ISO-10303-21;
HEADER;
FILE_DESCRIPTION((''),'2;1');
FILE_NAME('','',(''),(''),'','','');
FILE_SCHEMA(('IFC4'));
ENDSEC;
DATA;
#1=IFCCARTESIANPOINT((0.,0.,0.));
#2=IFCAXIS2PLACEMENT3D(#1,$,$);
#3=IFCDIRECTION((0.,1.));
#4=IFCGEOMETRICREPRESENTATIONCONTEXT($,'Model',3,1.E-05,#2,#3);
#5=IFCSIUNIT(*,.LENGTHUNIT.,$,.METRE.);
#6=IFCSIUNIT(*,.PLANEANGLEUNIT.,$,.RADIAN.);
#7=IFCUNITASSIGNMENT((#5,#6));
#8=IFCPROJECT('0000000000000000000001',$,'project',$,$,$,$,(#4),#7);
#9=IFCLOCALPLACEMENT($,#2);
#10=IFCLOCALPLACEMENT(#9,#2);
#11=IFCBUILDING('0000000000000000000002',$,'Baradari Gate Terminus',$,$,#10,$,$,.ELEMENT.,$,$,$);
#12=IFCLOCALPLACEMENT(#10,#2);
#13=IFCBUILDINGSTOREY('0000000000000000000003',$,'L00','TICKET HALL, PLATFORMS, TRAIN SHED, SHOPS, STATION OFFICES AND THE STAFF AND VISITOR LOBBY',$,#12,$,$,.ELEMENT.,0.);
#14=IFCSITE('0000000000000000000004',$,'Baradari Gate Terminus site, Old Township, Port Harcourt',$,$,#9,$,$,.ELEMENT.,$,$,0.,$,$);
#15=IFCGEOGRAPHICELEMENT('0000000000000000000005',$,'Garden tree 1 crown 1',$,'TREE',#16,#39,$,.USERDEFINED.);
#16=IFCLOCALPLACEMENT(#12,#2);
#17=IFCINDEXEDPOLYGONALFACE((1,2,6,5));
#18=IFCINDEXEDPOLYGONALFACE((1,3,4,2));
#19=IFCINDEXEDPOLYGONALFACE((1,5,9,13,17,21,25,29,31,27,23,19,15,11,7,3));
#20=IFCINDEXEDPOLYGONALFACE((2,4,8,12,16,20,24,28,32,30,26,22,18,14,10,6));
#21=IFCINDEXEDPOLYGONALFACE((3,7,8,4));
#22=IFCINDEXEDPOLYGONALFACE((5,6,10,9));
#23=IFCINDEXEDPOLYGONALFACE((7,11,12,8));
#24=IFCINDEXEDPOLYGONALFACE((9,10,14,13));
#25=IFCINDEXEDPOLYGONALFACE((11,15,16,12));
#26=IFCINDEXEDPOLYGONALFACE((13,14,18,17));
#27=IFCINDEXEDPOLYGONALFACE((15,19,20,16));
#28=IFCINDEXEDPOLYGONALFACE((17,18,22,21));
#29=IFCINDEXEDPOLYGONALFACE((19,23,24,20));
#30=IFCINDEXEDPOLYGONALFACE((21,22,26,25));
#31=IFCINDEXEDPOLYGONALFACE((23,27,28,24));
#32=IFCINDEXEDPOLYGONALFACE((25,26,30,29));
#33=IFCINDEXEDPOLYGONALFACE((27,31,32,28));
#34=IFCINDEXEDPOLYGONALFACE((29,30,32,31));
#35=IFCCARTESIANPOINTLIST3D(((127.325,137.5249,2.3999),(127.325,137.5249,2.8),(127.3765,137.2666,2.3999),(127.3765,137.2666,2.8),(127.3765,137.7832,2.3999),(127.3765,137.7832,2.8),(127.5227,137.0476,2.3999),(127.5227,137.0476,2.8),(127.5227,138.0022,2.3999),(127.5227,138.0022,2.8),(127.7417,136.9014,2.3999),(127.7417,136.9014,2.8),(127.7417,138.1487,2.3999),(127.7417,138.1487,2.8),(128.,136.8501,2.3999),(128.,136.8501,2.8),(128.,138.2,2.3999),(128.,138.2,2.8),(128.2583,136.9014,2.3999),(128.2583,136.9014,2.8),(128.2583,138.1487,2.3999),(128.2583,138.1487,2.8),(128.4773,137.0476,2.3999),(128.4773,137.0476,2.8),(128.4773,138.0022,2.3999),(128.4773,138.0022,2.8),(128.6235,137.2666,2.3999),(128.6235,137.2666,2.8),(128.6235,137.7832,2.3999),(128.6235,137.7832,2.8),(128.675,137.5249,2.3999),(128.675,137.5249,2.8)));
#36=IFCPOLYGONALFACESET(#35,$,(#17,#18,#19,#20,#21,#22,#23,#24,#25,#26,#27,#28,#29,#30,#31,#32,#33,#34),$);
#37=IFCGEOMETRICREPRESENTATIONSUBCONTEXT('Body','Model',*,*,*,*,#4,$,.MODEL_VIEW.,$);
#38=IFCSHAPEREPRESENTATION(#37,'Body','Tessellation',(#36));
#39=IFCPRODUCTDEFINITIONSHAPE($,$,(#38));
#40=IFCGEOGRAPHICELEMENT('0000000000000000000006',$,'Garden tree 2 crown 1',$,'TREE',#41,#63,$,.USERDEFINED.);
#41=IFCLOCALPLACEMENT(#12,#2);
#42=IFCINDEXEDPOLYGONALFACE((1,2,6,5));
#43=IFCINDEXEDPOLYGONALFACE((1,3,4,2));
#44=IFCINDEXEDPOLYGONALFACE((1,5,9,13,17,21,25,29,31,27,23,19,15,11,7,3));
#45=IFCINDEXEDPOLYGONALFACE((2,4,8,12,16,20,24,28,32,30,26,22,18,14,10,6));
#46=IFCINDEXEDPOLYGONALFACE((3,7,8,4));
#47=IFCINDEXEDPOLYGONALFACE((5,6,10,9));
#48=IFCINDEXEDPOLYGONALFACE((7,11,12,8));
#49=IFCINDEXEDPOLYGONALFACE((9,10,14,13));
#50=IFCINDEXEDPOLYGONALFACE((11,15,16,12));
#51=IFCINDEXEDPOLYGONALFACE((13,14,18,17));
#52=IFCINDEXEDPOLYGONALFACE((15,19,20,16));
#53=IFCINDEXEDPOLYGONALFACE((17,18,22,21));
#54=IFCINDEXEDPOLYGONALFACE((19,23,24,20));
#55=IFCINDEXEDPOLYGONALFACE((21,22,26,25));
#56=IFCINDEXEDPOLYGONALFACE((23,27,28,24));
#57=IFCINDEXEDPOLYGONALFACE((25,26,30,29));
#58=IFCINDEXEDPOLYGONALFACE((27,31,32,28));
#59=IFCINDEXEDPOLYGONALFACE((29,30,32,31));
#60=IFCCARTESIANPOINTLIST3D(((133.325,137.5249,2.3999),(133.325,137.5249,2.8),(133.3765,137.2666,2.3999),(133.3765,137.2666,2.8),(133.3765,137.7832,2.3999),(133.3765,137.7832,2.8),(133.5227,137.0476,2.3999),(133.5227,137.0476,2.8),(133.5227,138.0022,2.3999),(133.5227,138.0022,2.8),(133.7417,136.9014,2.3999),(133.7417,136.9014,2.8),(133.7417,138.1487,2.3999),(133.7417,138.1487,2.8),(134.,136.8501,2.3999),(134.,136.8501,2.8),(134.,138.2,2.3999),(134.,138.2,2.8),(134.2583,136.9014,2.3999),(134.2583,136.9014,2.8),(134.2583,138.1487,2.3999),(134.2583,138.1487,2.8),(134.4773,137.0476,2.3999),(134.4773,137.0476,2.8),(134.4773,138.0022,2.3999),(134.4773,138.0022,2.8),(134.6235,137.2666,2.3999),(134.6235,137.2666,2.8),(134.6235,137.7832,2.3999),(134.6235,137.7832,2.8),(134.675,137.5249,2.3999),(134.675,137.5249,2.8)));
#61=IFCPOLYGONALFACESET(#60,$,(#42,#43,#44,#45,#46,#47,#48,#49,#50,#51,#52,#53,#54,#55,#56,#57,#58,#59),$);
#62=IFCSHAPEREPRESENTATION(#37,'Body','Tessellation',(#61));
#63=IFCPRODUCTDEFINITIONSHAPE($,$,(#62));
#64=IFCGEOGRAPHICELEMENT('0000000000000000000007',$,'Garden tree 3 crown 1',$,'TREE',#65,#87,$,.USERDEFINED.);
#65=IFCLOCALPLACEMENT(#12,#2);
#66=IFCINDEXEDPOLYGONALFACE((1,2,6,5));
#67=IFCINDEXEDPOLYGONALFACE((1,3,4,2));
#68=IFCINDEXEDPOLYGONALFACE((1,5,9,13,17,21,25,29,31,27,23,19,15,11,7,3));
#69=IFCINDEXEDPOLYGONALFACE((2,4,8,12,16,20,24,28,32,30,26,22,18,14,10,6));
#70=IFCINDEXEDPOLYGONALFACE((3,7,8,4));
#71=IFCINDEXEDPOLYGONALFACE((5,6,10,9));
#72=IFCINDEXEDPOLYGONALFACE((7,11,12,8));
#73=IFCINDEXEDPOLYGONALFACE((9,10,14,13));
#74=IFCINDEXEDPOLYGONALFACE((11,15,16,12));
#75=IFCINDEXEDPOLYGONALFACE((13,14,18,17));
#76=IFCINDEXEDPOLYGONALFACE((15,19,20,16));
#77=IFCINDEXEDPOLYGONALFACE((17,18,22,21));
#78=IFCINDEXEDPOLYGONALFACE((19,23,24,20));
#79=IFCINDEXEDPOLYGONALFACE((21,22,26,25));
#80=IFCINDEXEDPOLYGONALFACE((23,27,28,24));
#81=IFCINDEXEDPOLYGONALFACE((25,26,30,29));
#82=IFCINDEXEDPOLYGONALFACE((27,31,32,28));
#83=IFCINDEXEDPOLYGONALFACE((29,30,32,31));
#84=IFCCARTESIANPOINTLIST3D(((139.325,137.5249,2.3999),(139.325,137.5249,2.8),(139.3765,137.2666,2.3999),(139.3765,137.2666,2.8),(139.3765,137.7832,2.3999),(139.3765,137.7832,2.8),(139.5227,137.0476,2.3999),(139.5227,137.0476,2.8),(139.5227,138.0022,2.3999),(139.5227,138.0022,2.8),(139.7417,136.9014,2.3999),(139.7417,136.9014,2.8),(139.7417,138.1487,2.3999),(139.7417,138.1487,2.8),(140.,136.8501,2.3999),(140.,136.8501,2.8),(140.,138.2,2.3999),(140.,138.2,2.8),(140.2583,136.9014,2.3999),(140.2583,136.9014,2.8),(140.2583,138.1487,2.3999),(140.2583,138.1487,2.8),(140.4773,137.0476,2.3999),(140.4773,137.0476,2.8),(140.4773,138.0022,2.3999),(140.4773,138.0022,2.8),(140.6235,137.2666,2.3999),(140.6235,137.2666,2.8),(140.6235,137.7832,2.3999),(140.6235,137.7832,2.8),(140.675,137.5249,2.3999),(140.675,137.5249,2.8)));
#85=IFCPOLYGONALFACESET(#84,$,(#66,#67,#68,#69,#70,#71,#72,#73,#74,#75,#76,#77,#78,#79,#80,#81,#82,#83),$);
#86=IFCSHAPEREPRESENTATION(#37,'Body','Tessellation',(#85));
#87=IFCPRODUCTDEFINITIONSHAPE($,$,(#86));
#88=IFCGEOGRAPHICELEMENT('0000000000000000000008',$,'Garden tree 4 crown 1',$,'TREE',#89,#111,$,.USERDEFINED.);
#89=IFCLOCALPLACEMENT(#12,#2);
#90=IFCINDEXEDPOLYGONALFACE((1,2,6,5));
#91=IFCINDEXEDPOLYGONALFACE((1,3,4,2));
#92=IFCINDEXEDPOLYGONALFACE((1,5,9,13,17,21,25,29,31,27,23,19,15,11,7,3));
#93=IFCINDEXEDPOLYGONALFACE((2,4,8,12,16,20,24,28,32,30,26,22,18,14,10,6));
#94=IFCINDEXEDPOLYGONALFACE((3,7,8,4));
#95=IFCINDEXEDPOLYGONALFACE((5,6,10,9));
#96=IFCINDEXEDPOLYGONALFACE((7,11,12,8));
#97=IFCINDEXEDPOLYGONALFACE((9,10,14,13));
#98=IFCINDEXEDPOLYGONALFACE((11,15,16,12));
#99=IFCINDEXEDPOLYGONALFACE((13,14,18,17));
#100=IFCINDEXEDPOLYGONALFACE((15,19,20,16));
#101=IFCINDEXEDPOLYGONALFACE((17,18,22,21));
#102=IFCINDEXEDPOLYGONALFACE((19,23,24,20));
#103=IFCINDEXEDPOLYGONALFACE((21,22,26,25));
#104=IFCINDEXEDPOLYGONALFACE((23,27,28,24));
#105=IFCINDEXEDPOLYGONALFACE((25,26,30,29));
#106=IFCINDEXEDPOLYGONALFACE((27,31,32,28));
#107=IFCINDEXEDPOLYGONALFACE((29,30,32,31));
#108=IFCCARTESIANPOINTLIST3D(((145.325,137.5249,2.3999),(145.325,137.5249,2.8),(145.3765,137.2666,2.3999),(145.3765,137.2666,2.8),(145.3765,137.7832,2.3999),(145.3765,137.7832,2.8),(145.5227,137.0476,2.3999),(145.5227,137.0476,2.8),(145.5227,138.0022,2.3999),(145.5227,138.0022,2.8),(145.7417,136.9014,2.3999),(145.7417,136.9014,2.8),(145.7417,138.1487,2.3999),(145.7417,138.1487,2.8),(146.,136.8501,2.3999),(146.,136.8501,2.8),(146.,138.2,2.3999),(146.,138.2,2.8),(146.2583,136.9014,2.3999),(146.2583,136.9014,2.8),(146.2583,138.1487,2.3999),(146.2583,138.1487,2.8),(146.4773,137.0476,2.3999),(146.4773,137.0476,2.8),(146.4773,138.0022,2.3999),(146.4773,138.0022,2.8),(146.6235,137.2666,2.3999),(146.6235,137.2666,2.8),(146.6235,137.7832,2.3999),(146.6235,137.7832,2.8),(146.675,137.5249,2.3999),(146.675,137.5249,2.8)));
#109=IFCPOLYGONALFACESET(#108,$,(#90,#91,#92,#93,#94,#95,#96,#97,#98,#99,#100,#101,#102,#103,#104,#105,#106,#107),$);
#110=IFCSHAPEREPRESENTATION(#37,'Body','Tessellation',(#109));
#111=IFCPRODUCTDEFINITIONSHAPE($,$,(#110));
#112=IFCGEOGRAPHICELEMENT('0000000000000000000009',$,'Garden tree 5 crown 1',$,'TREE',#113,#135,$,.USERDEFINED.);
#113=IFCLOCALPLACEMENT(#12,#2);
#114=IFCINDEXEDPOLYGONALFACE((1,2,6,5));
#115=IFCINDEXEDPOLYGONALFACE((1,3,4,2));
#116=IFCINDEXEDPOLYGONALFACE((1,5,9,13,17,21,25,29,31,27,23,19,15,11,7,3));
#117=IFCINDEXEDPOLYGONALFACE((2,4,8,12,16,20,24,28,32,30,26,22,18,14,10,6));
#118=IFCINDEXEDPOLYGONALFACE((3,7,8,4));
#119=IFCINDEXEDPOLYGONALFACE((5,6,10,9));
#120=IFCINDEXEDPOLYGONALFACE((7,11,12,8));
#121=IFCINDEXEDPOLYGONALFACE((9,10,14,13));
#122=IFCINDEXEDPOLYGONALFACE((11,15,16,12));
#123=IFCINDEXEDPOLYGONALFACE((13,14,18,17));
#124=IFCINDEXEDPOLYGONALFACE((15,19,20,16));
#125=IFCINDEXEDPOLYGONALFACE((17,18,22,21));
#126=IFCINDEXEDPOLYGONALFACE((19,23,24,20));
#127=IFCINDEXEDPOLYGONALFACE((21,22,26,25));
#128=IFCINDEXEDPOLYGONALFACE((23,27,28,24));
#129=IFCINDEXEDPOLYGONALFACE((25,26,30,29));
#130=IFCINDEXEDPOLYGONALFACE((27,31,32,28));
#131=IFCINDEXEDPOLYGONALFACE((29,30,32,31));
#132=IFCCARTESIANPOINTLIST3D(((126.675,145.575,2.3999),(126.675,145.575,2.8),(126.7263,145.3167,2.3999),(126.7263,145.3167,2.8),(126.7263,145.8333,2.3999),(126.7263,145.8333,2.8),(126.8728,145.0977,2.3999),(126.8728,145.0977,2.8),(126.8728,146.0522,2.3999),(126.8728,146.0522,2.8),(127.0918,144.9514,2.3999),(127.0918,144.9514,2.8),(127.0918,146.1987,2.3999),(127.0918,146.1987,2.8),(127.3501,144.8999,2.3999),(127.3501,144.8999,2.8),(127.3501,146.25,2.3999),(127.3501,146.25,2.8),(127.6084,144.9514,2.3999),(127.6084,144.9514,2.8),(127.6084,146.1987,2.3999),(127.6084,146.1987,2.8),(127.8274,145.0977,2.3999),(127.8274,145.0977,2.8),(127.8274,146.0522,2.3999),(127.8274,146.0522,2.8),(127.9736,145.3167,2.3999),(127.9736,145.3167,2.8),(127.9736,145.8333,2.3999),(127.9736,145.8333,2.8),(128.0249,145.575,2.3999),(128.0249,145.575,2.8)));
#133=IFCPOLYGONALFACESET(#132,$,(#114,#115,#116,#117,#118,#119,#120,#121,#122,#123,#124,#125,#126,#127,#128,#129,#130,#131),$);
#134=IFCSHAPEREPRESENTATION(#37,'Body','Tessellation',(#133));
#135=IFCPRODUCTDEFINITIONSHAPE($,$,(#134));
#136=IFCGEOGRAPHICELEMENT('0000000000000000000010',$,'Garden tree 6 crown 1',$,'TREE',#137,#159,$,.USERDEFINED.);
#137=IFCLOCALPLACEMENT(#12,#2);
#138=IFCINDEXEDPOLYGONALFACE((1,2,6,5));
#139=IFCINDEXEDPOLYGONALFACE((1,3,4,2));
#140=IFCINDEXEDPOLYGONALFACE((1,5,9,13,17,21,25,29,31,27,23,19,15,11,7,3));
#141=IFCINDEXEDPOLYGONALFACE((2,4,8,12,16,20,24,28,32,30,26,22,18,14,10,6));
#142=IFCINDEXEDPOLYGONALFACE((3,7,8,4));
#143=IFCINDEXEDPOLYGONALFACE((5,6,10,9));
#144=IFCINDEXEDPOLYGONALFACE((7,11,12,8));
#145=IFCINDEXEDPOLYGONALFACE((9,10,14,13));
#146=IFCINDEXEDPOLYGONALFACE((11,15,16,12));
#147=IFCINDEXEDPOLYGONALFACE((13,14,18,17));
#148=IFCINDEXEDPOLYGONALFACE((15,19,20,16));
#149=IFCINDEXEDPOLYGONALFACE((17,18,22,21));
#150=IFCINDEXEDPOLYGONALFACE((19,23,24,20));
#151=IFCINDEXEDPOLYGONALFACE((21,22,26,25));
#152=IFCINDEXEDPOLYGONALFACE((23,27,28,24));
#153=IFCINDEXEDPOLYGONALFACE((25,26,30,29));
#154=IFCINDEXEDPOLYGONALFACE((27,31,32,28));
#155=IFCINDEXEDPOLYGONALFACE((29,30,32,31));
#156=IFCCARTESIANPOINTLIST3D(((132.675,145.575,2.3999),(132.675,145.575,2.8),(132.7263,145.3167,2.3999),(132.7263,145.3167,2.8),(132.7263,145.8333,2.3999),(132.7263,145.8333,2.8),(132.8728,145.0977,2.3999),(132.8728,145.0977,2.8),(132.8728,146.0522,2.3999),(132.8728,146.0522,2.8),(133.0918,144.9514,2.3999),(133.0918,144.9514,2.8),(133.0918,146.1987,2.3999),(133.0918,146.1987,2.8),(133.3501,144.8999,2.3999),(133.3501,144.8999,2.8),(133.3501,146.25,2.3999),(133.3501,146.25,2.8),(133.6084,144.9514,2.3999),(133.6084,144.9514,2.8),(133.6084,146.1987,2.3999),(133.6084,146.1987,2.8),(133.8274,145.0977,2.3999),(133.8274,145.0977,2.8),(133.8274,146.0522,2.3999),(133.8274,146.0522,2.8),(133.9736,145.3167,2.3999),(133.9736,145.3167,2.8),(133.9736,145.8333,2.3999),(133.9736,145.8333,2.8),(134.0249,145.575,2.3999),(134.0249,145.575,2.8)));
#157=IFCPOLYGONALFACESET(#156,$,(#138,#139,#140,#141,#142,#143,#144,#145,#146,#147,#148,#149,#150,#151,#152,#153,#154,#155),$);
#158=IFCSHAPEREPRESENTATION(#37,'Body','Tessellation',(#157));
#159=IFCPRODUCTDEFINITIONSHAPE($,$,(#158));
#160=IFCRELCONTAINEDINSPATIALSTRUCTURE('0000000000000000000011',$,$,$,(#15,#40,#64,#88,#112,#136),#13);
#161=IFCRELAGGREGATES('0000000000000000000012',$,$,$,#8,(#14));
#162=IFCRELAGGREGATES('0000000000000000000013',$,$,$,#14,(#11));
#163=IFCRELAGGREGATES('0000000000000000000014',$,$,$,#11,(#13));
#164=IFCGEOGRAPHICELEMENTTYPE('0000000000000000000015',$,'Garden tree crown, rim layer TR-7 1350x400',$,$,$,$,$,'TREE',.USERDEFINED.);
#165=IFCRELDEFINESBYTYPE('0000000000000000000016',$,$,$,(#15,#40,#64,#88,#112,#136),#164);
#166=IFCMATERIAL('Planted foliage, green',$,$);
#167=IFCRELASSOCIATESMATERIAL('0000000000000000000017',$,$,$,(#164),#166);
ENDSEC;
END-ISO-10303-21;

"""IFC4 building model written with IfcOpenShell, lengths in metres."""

from ifc_helpers import new_model, si_unit, direction, frame, origin, place, context, subcontext, project, spatial, polyline, outline, extrude, material, type_object, element, save


model = new_model("IFC4")

# Units and contexts
model_context = context("Model", 3, precision=1e-05, world=origin(), true_north=direction((0.0, 1.0)))
body_context = subcontext(model_context, "Body", "Model", "MODEL_VIEW")
ifc_project = project(units=[si_unit("LENGTHUNIT", "METRE"), si_unit("PLANEANGLEUNIT", "RADIAN")], contexts=[model_context])

# Site, building, storey
site_placement = place(None, origin())
site = spatial("IfcSite", under=ifc_project, at=site_placement, Name="Baradari Gate Terminus site, Old Township, Port Harcourt", CompositionType="ELEMENT", RefElevation=0.0)
building_placement = place(site_placement, origin())
building = spatial("IfcBuilding", under=site, at=building_placement, Name="Baradari Gate Terminus", CompositionType="ELEMENT")
storey_placement = place(building_placement, origin())
storey = spatial("IfcBuildingStorey", under=building, at=storey_placement, Name="L00", Description="TICKET HALL, PLATFORMS, TRAIN SHED, SHOPS, STATION OFFICES AND THE STAFF AND VISITOR LOBBY", CompositionType="ELEMENT", Elevation=0.0)

# Geographic elements
ifc_material_1 = material(Name="Planted foliage, green")
geographic_element_type_1 = type_object("IfcGeographicElementType", Name="Garden tree crown, rim layer TR-7 1350x400", ElementType="TREE", PredefinedType="USERDEFINED", material=ifc_material_1)
geographic_element_1_placement = place(storey_placement, frame((0.0, 0.0, 2.3999)))
element("IfcGeographicElement", 1, at=geographic_element_1_placement, inside=storey, type_object=geographic_element_type_1, Name="Garden tree 1 crown 1", ObjectType="TREE", PredefinedType="USERDEFINED", context=body_context, shape_type="SweptSolid", body=[
    extrude(outline(polyline([(128.675, 137.5249), (128.6235, 137.7832), (128.4773, 138.0022), (128.2583, 138.1487), (128.0, 138.2), (127.7417, 138.1487), (127.5227, 138.0022), (127.3765, 137.7832), (127.325, 137.5249), (127.3765, 137.2666), (127.5227, 137.0476), (127.7417, 136.9014), (128.0, 136.8501), (128.2583, 136.9014), (128.4773, 137.0476), (128.6235, 137.2666), (128.675, 137.5249)])), origin(), (0.0, 0.0, 1.0), 0.4001),
])
geographic_element_2_placement = place(storey_placement, frame((0.0, 0.0, 2.3999)))
element("IfcGeographicElement", 2, at=geographic_element_2_placement, inside=storey, type_object=geographic_element_type_1, Name="Garden tree 2 crown 1", ObjectType="TREE", PredefinedType="USERDEFINED", context=body_context, shape_type="SweptSolid", body=[
    extrude(outline(polyline([(134.675, 137.5249), (134.6235, 137.7832), (134.4773, 138.0022), (134.2583, 138.1487), (134.0, 138.2), (133.7417, 138.1487), (133.5227, 138.0022), (133.3765, 137.7832), (133.325, 137.5249), (133.3765, 137.2666), (133.5227, 137.0476), (133.7417, 136.9014), (134.0, 136.8501), (134.2583, 136.9014), (134.4773, 137.0476), (134.6235, 137.2666), (134.675, 137.5249)])), origin(), (0.0, 0.0, 1.0), 0.4001),
])
geographic_element_3_placement = place(storey_placement, frame((0.0, 0.0, 2.3999)))
element("IfcGeographicElement", 3, at=geographic_element_3_placement, inside=storey, type_object=geographic_element_type_1, Name="Garden tree 3 crown 1", ObjectType="TREE", PredefinedType="USERDEFINED", context=body_context, shape_type="SweptSolid", body=[
    extrude(outline(polyline([(140.675, 137.5249), (140.6235, 137.7832), (140.4773, 138.0022), (140.2583, 138.1487), (140.0, 138.2), (139.7417, 138.1487), (139.5227, 138.0022), (139.3765, 137.7832), (139.325, 137.5249), (139.3765, 137.2666), (139.5227, 137.0476), (139.7417, 136.9014), (140.0, 136.8501), (140.2583, 136.9014), (140.4773, 137.0476), (140.6235, 137.2666), (140.675, 137.5249)])), origin(), (0.0, 0.0, 1.0), 0.4001),
])
geographic_element_4_placement = place(storey_placement, frame((0.0, 0.0, 2.3999)))
element("IfcGeographicElement", 4, at=geographic_element_4_placement, inside=storey, type_object=geographic_element_type_1, Name="Garden tree 4 crown 1", ObjectType="TREE", PredefinedType="USERDEFINED", context=body_context, shape_type="SweptSolid", body=[
    extrude(outline(polyline([(146.675, 137.5249), (146.6235, 137.7832), (146.4773, 138.0022), (146.2583, 138.1487), (146.0, 138.2), (145.7417, 138.1487), (145.5227, 138.0022), (145.3765, 137.7832), (145.325, 137.5249), (145.3765, 137.2666), (145.5227, 137.0476), (145.7417, 136.9014), (146.0, 136.8501), (146.2583, 136.9014), (146.4773, 137.0476), (146.6235, 137.2666), (146.675, 137.5249)])), origin(), (0.0, 0.0, 1.0), 0.4001),
])
geographic_element_5_placement = place(storey_placement, frame((0.0, 0.0, 2.3999)))
element("IfcGeographicElement", 5, at=geographic_element_5_placement, inside=storey, type_object=geographic_element_type_1, Name="Garden tree 5 crown 1", ObjectType="TREE", PredefinedType="USERDEFINED", context=body_context, shape_type="SweptSolid", body=[
    extrude(outline(polyline([(128.0249, 145.575), (127.9736, 145.8333), (127.8274, 146.0522), (127.6084, 146.1987), (127.3501, 146.25), (127.0918, 146.1987), (126.8728, 146.0522), (126.7263, 145.8333), (126.675, 145.575), (126.7263, 145.3167), (126.8728, 145.0977), (127.0918, 144.9514), (127.3501, 144.8999), (127.6084, 144.9514), (127.8274, 145.0977), (127.9736, 145.3167), (128.0249, 145.575)])), origin(), (0.0, 0.0, 1.0), 0.4001),
])
geographic_element_6_placement = place(storey_placement, frame((0.0, 0.0, 2.3999)))
element("IfcGeographicElement", 6, at=geographic_element_6_placement, inside=storey, type_object=geographic_element_type_1, Name="Garden tree 6 crown 1", ObjectType="TREE", PredefinedType="USERDEFINED", context=body_context, shape_type="SweptSolid", body=[
    extrude(outline(polyline([(134.0249, 145.575), (133.9736, 145.8333), (133.8274, 146.0522), (133.6084, 146.1987), (133.3501, 146.25), (133.0918, 146.1987), (132.8728, 146.0522), (132.7263, 145.8333), (132.675, 145.575), (132.7263, 145.3167), (132.8728, 145.0977), (133.0918, 144.9514), (133.3501, 144.8999), (133.6084, 144.9514), (133.8274, 145.0977), (133.9736, 145.3167), (134.0249, 145.575)])), origin(), (0.0, 0.0, 1.0), 0.4001),
])

save(model, "model.ifc")
